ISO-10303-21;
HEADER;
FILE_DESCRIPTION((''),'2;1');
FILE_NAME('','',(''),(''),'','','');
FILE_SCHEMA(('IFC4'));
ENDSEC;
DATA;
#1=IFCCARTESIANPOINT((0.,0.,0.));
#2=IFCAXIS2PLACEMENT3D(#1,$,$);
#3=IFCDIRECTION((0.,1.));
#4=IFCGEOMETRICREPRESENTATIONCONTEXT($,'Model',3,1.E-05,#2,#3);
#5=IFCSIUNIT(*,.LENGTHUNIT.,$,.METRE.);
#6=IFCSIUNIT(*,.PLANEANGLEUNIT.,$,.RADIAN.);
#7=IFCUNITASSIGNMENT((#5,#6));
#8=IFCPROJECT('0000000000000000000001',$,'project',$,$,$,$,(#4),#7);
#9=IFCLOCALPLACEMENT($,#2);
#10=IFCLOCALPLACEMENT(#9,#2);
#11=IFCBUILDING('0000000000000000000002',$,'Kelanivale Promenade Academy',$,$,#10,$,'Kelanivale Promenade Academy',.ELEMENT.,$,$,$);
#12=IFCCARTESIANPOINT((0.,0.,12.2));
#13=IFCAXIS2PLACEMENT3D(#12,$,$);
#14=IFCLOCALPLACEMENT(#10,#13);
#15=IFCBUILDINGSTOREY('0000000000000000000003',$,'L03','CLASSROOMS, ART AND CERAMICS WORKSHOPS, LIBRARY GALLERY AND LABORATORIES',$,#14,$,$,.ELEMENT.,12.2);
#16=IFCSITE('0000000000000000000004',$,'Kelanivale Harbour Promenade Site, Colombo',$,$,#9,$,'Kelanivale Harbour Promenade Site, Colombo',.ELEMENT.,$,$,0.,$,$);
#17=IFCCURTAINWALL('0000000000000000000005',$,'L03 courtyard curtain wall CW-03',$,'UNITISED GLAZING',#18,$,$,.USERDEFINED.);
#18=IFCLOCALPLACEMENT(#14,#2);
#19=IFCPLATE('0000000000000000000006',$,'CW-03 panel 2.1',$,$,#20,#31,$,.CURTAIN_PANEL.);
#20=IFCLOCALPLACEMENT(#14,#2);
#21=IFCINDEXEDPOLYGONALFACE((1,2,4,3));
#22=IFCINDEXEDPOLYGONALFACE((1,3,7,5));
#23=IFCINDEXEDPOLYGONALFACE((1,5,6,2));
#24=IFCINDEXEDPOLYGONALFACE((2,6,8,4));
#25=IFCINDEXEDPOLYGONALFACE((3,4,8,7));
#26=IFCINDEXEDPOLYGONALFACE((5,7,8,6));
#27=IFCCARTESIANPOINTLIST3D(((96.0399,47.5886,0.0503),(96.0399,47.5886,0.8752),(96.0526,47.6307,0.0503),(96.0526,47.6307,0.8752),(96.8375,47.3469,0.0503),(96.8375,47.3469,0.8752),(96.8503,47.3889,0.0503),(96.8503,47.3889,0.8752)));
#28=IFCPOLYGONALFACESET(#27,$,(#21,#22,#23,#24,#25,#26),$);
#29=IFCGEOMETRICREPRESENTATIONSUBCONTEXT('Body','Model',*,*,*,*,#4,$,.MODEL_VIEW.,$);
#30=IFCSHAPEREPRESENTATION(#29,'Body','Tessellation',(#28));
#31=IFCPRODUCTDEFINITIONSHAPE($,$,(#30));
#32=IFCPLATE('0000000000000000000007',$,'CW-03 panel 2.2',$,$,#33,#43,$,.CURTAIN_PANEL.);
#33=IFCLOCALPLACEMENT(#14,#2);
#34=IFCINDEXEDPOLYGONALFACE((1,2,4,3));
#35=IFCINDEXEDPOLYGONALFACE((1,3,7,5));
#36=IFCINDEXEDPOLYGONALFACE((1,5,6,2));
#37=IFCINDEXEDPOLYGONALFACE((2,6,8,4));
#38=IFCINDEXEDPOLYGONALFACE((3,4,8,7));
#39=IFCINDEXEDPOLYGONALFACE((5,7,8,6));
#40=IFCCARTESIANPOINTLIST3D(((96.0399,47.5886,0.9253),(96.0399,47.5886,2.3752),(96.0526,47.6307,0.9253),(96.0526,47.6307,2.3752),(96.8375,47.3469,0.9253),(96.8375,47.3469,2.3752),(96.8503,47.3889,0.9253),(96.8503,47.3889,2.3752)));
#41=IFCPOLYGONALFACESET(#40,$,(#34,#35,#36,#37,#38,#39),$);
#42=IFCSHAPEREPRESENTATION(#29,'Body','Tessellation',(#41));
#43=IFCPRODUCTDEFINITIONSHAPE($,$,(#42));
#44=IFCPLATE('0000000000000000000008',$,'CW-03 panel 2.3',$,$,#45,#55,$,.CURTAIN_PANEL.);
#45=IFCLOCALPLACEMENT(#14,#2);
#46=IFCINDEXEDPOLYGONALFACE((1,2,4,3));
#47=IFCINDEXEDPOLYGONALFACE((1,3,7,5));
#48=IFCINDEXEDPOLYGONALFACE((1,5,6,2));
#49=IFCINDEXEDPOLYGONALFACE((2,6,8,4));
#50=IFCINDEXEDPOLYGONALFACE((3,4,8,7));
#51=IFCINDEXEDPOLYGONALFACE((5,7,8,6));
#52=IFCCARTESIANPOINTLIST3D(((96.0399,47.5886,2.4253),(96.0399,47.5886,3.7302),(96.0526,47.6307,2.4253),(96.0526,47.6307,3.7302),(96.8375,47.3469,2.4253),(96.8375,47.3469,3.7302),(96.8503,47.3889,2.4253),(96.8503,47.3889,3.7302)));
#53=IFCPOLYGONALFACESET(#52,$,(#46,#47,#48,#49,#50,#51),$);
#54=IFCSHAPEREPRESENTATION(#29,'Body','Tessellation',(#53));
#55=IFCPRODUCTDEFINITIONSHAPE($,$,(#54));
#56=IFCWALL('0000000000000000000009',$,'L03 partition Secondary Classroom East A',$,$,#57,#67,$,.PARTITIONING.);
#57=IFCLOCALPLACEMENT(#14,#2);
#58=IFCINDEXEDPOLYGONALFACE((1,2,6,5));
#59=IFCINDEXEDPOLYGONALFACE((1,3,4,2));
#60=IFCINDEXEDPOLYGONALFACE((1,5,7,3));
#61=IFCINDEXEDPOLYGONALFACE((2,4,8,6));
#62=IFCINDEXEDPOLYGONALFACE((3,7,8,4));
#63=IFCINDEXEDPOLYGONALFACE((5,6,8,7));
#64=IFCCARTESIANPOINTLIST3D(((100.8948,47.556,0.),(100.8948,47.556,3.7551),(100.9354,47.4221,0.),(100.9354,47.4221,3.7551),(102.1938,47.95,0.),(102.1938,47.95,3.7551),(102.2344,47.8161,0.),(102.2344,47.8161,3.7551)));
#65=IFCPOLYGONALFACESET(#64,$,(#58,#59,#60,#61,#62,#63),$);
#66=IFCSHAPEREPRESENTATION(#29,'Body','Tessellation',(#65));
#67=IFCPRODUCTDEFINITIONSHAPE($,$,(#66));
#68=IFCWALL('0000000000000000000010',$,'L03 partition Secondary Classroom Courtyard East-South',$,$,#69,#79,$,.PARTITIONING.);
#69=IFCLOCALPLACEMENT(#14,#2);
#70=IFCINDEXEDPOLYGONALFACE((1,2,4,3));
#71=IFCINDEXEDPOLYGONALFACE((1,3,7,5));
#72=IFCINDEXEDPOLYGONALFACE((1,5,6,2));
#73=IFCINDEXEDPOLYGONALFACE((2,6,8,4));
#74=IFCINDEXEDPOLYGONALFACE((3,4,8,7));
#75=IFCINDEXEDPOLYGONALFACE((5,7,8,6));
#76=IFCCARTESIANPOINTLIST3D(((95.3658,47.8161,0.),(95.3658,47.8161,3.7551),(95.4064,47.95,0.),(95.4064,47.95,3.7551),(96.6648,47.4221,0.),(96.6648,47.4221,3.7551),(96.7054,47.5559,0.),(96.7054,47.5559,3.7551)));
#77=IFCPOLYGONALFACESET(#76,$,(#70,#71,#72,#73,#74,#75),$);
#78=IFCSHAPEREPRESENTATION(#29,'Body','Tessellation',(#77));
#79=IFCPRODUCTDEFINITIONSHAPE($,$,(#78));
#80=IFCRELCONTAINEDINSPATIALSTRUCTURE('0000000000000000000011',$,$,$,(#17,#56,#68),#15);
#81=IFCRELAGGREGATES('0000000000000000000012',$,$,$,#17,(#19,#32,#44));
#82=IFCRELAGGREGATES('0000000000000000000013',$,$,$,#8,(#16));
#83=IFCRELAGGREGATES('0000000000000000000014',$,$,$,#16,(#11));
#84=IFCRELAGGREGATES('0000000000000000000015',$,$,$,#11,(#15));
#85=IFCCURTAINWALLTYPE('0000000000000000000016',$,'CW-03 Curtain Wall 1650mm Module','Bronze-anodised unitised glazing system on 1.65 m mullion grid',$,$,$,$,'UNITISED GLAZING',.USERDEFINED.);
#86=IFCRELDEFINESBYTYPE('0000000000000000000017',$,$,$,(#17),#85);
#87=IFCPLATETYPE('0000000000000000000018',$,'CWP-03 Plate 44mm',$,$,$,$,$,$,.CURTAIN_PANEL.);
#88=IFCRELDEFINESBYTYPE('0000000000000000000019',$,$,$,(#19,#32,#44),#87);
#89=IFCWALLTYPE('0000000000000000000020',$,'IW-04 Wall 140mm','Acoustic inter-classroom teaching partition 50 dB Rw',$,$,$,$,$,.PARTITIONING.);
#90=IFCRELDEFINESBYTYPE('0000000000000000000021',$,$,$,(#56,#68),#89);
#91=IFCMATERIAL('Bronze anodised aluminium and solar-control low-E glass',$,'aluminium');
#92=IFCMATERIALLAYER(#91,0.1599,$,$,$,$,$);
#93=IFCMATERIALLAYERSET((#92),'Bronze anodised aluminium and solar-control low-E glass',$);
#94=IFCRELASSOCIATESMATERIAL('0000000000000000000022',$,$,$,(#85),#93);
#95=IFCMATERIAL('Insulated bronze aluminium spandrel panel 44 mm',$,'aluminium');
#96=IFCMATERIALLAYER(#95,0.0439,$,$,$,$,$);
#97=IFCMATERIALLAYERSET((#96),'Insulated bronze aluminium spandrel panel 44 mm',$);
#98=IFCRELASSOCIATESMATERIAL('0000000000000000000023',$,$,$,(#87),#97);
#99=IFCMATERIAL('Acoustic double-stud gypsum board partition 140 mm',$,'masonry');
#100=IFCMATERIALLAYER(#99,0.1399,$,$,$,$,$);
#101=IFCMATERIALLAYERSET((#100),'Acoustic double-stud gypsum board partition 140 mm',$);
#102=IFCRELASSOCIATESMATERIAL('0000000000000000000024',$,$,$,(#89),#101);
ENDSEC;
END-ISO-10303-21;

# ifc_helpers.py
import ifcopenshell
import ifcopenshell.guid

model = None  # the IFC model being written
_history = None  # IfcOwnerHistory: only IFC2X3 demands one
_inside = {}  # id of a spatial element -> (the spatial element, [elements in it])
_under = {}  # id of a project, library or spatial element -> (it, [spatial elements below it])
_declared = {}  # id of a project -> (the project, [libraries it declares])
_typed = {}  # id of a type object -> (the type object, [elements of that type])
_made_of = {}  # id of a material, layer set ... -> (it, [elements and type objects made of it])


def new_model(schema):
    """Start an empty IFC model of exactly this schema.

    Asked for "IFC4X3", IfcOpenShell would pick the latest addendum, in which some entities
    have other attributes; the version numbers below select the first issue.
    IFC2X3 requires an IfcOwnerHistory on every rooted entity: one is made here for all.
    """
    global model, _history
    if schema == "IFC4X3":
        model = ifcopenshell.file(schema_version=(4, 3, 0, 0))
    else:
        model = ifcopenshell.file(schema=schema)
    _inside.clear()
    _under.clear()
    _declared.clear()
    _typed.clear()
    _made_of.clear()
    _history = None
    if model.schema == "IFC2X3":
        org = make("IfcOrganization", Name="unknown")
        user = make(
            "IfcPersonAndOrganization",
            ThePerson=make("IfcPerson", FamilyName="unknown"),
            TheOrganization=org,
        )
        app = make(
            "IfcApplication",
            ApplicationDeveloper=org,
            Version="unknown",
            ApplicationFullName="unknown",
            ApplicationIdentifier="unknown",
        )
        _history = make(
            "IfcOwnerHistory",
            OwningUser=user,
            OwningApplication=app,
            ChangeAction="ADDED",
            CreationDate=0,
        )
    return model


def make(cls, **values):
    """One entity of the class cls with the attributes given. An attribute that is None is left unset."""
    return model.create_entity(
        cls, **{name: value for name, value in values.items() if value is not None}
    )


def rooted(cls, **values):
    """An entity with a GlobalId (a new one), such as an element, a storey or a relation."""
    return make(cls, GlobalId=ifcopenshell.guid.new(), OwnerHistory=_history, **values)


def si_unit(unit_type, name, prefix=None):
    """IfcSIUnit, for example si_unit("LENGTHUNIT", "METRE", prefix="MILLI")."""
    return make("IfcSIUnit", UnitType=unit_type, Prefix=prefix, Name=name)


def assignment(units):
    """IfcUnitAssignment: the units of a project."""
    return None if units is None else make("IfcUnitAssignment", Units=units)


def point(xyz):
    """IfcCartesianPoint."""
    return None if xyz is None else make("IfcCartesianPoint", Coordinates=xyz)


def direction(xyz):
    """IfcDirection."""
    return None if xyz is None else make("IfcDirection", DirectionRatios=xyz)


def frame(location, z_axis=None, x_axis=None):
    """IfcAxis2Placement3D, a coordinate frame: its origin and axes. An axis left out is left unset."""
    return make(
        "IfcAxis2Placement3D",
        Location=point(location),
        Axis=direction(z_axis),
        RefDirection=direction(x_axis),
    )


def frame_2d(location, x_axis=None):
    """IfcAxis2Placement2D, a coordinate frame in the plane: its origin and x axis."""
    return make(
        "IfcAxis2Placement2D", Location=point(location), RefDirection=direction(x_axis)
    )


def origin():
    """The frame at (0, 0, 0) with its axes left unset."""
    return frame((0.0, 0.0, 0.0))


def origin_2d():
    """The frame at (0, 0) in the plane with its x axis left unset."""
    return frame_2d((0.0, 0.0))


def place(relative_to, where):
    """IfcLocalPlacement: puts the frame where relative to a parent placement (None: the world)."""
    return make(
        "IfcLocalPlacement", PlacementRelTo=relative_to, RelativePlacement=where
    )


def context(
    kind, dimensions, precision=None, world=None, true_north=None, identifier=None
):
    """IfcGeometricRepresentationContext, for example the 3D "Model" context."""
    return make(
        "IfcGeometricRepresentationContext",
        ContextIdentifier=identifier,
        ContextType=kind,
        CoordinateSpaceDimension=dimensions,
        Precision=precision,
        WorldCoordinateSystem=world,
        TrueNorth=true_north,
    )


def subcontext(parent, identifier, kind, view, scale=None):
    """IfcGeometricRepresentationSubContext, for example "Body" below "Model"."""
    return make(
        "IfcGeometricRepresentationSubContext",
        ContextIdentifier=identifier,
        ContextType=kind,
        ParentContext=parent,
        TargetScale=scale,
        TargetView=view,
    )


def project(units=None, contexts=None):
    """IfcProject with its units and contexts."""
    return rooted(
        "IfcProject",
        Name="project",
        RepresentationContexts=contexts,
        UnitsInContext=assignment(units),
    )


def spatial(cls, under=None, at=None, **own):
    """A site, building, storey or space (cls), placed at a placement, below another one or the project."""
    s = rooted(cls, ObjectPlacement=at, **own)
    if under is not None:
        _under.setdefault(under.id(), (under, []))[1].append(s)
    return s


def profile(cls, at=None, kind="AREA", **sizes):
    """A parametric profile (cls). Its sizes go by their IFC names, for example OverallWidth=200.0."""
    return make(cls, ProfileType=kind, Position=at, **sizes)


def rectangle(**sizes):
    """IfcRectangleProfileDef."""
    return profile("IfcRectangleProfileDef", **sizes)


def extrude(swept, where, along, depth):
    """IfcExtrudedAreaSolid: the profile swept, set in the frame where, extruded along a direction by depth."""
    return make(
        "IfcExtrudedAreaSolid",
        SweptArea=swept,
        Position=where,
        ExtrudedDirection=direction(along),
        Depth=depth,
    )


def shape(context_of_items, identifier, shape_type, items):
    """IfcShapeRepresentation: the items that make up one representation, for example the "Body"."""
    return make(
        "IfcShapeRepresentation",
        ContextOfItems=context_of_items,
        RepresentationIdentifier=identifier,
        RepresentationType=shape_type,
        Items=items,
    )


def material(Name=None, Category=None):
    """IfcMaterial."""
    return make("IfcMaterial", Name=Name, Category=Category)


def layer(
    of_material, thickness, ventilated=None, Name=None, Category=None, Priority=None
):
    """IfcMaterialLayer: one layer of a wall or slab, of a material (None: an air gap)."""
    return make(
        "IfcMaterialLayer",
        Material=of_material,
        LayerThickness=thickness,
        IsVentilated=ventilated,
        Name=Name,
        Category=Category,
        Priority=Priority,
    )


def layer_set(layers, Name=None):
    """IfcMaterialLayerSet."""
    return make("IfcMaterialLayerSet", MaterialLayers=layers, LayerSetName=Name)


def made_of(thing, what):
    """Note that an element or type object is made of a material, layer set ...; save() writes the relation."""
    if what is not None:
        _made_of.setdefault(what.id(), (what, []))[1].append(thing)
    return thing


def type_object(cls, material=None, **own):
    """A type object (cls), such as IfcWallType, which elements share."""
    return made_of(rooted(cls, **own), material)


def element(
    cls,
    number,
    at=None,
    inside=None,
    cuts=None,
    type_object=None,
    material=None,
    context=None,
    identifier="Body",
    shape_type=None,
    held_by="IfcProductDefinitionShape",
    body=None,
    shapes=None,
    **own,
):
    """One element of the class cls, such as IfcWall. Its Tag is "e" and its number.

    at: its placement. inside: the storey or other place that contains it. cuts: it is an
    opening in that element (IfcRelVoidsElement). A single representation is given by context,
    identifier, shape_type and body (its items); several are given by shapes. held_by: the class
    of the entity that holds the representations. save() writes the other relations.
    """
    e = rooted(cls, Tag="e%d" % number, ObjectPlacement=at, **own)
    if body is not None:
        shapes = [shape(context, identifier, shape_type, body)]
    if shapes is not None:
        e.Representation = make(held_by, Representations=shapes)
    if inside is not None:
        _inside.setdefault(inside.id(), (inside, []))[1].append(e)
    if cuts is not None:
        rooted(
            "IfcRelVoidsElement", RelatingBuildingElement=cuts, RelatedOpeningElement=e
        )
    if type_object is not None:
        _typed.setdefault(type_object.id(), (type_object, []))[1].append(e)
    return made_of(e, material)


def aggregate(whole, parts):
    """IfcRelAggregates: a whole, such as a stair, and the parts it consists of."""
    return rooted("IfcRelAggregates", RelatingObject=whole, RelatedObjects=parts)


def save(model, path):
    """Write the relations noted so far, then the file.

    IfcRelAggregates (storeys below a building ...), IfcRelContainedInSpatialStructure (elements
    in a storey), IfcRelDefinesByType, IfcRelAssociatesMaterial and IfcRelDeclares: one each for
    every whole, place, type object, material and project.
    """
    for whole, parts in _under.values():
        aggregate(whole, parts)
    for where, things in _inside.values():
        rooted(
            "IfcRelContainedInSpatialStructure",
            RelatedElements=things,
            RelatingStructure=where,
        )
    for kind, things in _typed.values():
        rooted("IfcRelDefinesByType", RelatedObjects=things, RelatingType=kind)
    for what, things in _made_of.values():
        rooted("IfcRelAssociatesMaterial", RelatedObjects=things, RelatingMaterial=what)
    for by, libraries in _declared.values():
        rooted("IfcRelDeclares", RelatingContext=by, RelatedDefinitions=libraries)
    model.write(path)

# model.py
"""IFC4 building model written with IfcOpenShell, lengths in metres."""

from ifc_helpers import new_model, si_unit, direction, frame, frame_2d, origin, origin_2d, place, context, subcontext, project, spatial, rectangle, extrude, material, layer, layer_set, type_object, element, aggregate, save


model = new_model("IFC4")

# Units and contexts
model_context = context("Model", 3, precision=1e-05, world=origin(), true_north=direction((0.0, 1.0)))
body_context = subcontext(model_context, "Body", "Model", "MODEL_VIEW")
ifc_project = project(units=[si_unit("LENGTHUNIT", "METRE"), si_unit("PLANEANGLEUNIT", "RADIAN")], contexts=[model_context])

# Site, building, storey
site_placement = place(None, origin())
site = spatial("IfcSite", under=ifc_project, at=site_placement, Name="Kelanivale Harbour Promenade Site, Colombo", LongName="Kelanivale Harbour Promenade Site, Colombo", CompositionType="ELEMENT", RefElevation=0.0)
building_placement = place(site_placement, origin())
building = spatial("IfcBuilding", under=site, at=building_placement, Name="Kelanivale Promenade Academy", LongName="Kelanivale Promenade Academy", CompositionType="ELEMENT")
storey_placement = place(building_placement, frame((0.0, 0.0, 12.2)))
storey = spatial("IfcBuildingStorey", under=building, at=storey_placement, Name="L03", Description="CLASSROOMS, ART AND CERAMICS WORKSHOPS, LIBRARY GALLERY AND LABORATORIES", CompositionType="ELEMENT", Elevation=12.2)

# Shared definitions
ifc_material_1 = material(Name="Bronze anodised aluminium and solar-control low-E glass", Category="aluminium")

# Curtain wall
ifc_layer_1 = layer(ifc_material_1, 0.1599)
ifc_layer_set_1 = layer_set([ifc_layer_1], Name="Bronze anodised aluminium and solar-control low-E glass")
curtain_wall_type_1 = type_object("IfcCurtainWallType", Name="CW-03 Curtain Wall 1650mm Module", Description="Bronze-anodised unitised glazing system on 1.65 m mullion grid", ElementType="UNITISED GLAZING", PredefinedType="USERDEFINED", material=ifc_layer_set_1)
curtain_wall_1_placement = place(storey_placement, origin())
curtain_wall_1 = element("IfcCurtainWall", 1, at=curtain_wall_1_placement, inside=storey, type_object=curtain_wall_type_1, Name="L03 courtyard curtain wall CW-03", ObjectType="UNITISED GLAZING", PredefinedType="USERDEFINED")

# Plates
ifc_material_2 = material(Name="Insulated bronze aluminium spandrel panel 44 mm", Category="aluminium")
ifc_layer_2 = layer(ifc_material_2, 0.0439)
ifc_layer_set_2 = layer_set([ifc_layer_2], Name="Insulated bronze aluminium spandrel panel 44 mm")
plate_type_1 = type_object("IfcPlateType", Name="CWP-03 Plate 44mm", PredefinedType="CURTAIN_PANEL", material=ifc_layer_set_2)
plate_1_placement = place(storey_placement, frame((96.4451, 47.4888, 0.0503), z_axis=(0.0, 0.0, 1.0), x_axis=(0.957024, -0.290007, 0.0)))
plate_1 = element("IfcPlate", 2, at=plate_1_placement, type_object=plate_type_1, Name="CW-03 panel 2.1", PredefinedType="CURTAIN_PANEL", context=body_context, shape_type="SweptSolid", body=[
    extrude(rectangle(XDim=0.8335, YDim=0.0439, at=origin_2d()), origin(), (0.0, 0.0, 1.0), 0.825),
])
plate_2_placement = place(storey_placement, frame((96.4451, 47.4888, 0.9253), z_axis=(0.0, 0.0, 1.0), x_axis=(0.957024, -0.290007, 0.0)))
plate_2 = element("IfcPlate", 3, at=plate_2_placement, type_object=plate_type_1, Name="CW-03 panel 2.2", PredefinedType="CURTAIN_PANEL", context=body_context, shape_type="SweptSolid", body=[
    extrude(rectangle(XDim=0.8335, YDim=0.0439, at=origin_2d()), origin(), (0.0, 0.0, 1.0), 1.45),
])
plate_3_placement = place(storey_placement, frame((96.4451, 47.4888, 2.4253), z_axis=(0.0, 0.0, 1.0), x_axis=(0.957024, -0.290007, 0.0)))
plate_3 = element("IfcPlate", 4, at=plate_3_placement, type_object=plate_type_1, Name="CW-03 panel 2.3", PredefinedType="CURTAIN_PANEL", context=body_context, shape_type="SweptSolid", body=[
    extrude(rectangle(XDim=0.8335, YDim=0.0439, at=origin_2d()), origin(), (0.0, 0.0, 1.0), 1.3049),
])
aggregate(curtain_wall_1, [plate_1, plate_2, plate_3])

# Walls
ifc_material_3 = material(Name="Acoustic double-stud gypsum board partition 140 mm", Category="masonry")
ifc_layer_3 = layer(ifc_material_3, 0.1399)
ifc_layer_set_3 = layer_set([ifc_layer_3], Name="Acoustic double-stud gypsum board partition 140 mm")
wall_type = type_object("IfcWallType", Name="IW-04 Wall 140mm", Description="Acoustic inter-classroom teaching partition 50 dB Rw", PredefinedType="PARTITIONING", material=ifc_layer_set_3)
for number, where, z_axis, x_axis, name in (
    (5, (102.2141, 47.8831, 0.0), (0.0, 0.0, 1.0), (-0.956946, -0.290267, 0.0), "L03 partition Secondary Classroom East A"),
    (6, (96.6851, 47.489, 0.0), (0.0, 0.0, 1.0), (-0.956946, 0.290267, 0.0), "L03 partition Secondary Classroom Courtyard East-South"),
):
    element("IfcWall", number, at=place(storey_placement, frame(where, z_axis=z_axis, x_axis=x_axis)), inside=storey, type_object=wall_type, Name=name, PredefinedType="PARTITIONING", context=body_context, shape_type="SweptSolid", body=[
        extrude(rectangle(XDim=1.3574, YDim=0.1399, at=frame_2d((0.6787, 0.0))), origin(), (0.0, 0.0, 1.0), 3.7551),
    ])

save(model, "model.ifc")
